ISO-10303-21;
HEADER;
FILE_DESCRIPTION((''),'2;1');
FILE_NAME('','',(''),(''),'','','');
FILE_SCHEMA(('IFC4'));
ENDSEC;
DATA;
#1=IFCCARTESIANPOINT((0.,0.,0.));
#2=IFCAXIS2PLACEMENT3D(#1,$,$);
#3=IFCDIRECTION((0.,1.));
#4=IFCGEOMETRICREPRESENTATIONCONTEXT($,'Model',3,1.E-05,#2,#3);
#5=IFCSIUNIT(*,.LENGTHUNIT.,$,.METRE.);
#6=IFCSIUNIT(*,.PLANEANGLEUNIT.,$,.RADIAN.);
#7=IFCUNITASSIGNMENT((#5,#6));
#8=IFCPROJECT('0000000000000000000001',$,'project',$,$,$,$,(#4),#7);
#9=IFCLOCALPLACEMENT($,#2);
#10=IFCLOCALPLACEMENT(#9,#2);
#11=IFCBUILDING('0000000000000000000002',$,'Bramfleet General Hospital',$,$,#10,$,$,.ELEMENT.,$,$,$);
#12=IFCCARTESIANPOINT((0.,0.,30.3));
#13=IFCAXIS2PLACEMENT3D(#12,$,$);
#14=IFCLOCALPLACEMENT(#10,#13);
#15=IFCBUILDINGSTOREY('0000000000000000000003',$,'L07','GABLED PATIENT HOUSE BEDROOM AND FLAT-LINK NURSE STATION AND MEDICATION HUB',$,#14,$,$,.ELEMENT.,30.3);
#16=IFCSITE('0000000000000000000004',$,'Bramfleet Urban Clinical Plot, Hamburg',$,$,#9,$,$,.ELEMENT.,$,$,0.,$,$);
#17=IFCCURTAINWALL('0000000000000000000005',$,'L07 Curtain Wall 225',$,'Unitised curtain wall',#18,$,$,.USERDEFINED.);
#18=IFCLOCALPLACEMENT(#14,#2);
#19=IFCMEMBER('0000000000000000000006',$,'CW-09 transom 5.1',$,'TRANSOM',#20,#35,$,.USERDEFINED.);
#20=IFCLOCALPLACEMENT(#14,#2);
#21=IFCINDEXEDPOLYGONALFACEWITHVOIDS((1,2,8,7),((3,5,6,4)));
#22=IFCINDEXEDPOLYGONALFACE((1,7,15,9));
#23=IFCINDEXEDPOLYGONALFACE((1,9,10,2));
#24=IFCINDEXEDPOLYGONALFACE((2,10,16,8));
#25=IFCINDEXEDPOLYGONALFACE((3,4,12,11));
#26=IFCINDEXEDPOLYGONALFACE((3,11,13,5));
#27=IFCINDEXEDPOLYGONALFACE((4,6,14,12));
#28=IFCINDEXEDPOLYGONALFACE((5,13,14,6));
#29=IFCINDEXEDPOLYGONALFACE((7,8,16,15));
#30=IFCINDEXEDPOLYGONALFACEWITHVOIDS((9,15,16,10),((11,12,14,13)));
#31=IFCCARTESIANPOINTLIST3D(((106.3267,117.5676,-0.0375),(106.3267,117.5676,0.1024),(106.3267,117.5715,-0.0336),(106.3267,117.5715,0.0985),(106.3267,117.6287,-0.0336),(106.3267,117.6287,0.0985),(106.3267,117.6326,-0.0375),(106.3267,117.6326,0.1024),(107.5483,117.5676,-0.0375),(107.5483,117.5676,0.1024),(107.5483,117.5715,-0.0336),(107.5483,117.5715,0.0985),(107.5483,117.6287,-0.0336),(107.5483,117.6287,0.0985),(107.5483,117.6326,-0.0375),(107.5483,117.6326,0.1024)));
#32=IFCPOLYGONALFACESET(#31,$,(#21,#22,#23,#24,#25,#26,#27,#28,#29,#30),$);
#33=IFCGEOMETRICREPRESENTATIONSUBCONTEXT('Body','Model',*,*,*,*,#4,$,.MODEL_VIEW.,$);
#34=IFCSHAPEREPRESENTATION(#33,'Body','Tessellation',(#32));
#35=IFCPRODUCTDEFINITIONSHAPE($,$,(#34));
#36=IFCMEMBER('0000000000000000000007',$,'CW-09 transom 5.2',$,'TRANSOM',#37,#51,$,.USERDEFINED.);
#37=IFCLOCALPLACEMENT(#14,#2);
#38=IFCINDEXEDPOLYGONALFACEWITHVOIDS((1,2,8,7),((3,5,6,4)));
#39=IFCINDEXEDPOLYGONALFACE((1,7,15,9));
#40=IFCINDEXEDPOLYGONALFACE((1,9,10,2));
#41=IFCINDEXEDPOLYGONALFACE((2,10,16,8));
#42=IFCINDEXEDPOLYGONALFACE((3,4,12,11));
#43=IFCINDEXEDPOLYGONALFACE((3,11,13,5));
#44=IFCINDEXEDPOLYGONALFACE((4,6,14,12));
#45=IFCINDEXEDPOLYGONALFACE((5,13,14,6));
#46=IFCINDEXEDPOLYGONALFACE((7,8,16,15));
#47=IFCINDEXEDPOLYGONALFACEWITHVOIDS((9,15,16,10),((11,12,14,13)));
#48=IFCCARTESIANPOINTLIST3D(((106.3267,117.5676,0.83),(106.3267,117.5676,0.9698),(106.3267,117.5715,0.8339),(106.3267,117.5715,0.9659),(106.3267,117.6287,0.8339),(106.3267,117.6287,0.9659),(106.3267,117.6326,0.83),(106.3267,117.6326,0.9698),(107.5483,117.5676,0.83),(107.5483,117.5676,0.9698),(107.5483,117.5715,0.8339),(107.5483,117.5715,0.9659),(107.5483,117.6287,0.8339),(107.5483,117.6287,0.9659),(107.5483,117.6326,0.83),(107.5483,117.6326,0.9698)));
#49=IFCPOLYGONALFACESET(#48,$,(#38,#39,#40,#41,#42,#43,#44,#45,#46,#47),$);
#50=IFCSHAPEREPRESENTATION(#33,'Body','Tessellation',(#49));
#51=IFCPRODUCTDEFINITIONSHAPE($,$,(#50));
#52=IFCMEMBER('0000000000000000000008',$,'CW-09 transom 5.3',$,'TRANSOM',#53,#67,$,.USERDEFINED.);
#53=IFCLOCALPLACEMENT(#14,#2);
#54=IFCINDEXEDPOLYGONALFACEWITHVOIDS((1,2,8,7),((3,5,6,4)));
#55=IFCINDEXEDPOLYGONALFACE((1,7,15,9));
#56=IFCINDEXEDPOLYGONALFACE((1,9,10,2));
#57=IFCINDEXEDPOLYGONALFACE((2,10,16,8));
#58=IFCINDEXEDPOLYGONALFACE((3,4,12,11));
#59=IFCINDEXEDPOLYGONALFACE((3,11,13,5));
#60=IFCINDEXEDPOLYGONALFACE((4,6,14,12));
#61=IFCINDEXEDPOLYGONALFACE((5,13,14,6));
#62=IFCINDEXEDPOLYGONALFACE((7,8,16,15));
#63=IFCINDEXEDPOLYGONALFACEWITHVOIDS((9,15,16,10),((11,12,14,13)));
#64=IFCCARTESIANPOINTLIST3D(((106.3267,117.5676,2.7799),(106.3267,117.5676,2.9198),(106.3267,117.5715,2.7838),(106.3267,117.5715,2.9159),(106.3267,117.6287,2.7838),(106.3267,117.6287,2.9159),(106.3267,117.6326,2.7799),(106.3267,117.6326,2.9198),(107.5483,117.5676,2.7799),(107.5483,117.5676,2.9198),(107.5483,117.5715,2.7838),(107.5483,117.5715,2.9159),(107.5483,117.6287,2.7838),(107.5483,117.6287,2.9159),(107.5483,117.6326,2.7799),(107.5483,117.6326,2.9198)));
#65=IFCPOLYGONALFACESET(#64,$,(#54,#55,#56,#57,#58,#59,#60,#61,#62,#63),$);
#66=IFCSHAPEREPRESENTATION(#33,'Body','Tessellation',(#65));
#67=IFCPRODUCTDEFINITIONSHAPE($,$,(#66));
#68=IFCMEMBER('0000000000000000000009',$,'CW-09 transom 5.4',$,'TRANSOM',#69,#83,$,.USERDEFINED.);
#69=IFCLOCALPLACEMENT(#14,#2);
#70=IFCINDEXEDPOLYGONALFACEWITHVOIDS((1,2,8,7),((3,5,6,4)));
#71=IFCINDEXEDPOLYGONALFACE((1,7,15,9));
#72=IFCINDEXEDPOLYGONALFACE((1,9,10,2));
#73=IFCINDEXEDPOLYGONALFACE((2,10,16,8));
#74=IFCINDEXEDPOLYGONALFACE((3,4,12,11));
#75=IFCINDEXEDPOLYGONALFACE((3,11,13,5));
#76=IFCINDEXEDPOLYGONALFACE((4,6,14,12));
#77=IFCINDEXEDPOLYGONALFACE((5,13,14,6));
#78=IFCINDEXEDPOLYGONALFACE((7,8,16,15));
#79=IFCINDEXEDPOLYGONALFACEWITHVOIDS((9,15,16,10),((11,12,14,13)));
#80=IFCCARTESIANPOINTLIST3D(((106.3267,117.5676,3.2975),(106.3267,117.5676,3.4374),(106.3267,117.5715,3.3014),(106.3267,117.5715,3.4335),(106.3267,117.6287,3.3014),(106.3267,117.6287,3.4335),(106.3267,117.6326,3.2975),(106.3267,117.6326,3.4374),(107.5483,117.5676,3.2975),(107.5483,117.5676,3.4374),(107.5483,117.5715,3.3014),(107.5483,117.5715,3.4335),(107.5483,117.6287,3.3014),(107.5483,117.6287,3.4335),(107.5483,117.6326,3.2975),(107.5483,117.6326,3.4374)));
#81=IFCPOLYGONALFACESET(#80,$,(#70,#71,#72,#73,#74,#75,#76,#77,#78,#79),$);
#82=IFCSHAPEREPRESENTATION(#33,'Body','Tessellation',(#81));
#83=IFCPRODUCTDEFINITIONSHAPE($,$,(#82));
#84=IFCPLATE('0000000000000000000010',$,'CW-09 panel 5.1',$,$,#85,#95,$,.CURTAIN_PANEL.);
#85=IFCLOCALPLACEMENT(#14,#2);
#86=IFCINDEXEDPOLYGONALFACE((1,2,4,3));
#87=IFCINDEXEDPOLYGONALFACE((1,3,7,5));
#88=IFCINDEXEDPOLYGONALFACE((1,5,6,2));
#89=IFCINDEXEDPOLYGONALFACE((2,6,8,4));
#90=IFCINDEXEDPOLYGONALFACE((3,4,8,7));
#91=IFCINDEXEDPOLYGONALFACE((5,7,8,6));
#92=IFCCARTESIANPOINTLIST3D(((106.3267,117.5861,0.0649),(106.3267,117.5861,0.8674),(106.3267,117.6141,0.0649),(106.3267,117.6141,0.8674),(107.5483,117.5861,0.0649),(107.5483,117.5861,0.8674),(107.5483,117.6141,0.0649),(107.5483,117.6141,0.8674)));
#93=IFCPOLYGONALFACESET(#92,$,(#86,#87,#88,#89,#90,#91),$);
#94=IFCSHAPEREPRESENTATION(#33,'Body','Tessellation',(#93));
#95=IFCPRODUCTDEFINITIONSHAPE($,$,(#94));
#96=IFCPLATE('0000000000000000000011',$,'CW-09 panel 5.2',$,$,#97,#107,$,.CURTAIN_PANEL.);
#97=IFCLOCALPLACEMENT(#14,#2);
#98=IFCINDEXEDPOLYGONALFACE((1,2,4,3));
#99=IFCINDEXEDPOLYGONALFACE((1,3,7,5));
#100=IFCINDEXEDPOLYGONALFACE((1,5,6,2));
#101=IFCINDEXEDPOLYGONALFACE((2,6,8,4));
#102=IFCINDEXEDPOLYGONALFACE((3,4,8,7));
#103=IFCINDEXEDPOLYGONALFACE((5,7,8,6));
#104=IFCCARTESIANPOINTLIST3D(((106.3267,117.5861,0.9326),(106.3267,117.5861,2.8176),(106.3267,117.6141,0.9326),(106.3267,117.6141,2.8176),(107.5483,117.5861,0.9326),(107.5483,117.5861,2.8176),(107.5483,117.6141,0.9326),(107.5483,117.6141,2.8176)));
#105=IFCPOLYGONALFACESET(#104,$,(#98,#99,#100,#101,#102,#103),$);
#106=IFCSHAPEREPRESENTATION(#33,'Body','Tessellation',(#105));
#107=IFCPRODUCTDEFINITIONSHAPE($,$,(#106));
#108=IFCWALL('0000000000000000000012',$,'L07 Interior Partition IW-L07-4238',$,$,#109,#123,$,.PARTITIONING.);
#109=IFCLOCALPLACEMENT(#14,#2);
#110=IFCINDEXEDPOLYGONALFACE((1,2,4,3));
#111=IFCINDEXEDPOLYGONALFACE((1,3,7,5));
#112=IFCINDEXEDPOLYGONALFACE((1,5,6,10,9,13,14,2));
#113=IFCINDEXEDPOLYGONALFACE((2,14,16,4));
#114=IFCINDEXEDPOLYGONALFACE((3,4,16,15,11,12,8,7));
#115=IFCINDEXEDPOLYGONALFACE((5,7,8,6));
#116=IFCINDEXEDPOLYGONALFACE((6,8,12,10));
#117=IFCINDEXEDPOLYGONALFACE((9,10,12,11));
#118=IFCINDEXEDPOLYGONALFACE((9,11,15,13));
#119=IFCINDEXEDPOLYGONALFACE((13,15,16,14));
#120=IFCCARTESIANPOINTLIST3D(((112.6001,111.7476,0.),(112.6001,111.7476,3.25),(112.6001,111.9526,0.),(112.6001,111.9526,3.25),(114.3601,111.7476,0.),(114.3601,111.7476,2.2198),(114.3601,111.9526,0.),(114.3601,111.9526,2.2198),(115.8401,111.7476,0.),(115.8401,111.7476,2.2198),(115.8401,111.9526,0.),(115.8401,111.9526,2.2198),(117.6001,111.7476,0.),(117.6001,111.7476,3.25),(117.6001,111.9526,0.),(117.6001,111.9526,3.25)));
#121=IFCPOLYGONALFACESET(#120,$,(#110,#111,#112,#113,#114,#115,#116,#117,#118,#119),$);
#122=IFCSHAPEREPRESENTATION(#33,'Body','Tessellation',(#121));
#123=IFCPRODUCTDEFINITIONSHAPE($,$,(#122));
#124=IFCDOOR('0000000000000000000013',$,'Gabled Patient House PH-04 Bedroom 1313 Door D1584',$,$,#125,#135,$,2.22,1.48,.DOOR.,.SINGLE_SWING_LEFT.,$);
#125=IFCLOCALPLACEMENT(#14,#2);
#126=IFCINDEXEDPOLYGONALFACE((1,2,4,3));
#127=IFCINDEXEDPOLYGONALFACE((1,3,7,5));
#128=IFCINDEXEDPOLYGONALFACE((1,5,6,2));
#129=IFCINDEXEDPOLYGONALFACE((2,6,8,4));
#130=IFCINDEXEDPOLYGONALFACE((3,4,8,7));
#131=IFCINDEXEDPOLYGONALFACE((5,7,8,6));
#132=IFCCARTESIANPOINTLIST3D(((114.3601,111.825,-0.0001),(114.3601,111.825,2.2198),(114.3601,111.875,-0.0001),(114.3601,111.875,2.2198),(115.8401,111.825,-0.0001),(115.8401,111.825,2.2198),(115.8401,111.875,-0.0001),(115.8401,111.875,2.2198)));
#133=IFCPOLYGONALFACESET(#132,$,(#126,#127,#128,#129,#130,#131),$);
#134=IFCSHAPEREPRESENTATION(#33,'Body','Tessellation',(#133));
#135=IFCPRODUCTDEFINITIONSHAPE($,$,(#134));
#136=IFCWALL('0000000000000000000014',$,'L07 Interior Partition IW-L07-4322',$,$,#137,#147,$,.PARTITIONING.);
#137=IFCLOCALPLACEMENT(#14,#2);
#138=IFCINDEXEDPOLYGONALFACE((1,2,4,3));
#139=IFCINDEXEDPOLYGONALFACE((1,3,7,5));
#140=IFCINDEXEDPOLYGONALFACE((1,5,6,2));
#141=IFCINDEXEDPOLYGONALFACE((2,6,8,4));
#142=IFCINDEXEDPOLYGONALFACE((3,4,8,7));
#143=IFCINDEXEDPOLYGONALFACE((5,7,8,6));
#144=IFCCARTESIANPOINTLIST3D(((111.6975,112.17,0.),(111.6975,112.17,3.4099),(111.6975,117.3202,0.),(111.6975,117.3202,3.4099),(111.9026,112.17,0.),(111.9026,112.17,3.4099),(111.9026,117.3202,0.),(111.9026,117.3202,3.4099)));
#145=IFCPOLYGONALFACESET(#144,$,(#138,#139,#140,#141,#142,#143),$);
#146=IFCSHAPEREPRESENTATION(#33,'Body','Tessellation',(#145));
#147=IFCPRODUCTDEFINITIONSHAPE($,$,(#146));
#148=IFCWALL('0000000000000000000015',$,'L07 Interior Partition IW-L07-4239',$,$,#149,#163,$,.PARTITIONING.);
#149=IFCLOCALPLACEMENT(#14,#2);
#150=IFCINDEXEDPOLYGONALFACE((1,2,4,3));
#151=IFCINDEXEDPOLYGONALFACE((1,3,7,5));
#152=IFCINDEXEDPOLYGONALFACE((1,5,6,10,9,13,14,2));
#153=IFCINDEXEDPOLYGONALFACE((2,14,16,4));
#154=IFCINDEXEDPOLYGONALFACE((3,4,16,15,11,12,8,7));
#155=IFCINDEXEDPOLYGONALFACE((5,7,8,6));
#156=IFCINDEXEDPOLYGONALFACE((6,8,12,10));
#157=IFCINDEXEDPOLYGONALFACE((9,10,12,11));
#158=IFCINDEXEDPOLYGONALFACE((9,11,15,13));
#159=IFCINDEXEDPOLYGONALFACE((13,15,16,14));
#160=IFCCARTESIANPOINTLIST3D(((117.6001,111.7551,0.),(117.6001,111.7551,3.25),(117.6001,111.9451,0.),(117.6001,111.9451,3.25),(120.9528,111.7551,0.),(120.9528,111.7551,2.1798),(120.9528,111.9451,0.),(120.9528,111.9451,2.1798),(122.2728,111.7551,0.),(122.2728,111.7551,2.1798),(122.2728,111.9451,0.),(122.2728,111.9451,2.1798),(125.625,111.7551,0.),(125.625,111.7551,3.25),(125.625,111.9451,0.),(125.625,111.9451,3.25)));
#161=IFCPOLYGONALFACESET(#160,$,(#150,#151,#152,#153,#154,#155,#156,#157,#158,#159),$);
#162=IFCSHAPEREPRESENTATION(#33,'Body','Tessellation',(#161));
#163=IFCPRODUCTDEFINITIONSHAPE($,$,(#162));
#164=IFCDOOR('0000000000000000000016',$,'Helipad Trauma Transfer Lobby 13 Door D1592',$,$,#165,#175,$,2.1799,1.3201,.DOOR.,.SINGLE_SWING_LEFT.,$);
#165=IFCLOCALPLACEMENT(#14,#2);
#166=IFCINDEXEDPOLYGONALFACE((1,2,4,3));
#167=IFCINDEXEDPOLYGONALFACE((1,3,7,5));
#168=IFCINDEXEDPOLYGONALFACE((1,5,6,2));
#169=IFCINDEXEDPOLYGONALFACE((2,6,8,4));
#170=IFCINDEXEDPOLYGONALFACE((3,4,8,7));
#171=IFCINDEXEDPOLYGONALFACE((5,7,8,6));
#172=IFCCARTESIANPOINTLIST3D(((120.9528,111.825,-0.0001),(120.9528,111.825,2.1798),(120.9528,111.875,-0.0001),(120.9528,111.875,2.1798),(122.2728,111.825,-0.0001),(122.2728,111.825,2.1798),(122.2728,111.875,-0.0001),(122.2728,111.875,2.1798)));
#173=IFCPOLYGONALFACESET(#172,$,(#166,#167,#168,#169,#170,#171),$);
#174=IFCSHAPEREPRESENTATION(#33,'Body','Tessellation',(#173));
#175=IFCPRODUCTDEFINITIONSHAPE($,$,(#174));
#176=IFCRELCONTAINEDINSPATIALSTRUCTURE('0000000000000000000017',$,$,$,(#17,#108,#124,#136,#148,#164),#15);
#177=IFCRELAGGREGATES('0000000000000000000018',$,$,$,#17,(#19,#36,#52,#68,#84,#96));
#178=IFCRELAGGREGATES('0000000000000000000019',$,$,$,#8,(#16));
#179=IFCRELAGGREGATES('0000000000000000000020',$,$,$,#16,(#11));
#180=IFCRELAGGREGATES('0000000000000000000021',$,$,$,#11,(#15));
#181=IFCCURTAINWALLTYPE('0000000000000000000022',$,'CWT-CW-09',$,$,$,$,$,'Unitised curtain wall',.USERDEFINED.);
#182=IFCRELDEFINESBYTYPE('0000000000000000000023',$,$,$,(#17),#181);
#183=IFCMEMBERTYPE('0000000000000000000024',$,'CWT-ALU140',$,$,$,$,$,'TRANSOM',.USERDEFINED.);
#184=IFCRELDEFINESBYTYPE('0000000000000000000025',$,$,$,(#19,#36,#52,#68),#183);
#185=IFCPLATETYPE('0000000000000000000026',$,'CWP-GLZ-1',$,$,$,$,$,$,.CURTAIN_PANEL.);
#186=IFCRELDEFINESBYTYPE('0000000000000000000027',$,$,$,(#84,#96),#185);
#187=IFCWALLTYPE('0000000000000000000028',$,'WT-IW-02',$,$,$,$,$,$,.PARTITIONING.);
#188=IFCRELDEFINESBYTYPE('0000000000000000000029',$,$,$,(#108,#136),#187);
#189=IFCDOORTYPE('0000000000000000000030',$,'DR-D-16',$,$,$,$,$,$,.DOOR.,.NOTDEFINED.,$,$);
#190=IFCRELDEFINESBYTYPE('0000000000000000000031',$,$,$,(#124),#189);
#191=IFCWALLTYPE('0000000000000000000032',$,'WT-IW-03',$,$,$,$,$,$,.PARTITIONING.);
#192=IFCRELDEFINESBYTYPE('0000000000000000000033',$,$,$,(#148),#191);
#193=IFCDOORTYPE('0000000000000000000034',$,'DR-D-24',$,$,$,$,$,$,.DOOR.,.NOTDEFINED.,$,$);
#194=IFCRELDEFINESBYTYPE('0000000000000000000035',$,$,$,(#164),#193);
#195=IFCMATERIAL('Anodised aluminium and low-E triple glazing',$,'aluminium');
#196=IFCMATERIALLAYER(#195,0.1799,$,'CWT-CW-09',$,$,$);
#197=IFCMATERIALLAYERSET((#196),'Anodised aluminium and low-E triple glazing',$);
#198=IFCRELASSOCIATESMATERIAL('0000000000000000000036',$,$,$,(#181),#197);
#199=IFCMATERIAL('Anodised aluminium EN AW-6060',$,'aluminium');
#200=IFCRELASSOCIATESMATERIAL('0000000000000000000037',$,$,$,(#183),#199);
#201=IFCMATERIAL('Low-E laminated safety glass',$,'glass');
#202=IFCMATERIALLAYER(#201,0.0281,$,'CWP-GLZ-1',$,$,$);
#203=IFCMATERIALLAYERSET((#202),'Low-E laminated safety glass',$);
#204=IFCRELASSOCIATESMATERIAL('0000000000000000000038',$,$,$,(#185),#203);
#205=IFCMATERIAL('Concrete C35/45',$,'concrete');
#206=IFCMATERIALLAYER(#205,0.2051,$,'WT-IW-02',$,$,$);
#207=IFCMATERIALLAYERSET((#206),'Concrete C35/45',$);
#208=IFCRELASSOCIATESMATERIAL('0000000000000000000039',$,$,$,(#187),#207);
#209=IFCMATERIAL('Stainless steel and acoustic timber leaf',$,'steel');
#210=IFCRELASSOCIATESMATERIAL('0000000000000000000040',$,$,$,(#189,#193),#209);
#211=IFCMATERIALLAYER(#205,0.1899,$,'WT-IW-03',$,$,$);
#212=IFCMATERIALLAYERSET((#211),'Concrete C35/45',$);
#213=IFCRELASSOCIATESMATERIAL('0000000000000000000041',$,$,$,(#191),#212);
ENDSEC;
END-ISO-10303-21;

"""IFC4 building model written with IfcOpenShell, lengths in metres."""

from ifc_helpers import new_model, si_unit, direction, frame, frame_2d, origin, origin_2d, place, context, subcontext, project, spatial, rectangle, hollow_rectangle, extrude, material, layer, layer_set, material_profile, profile_set, type_object, element, fill, aggregate, save


model = new_model("IFC4")

# Units and contexts
model_context = context("Model", 3, precision=1e-05, world=origin(), true_north=direction((0.0, 1.0)))
body_context = subcontext(model_context, "Body", "Model", "MODEL_VIEW")
ifc_project = project(units=[si_unit("LENGTHUNIT", "METRE"), si_unit("PLANEANGLEUNIT", "RADIAN")], contexts=[model_context])

# Site, building, storey
site_placement = place(None, origin())
site = spatial("IfcSite", under=ifc_project, at=site_placement, Name="Bramfleet Urban Clinical Plot, Hamburg", CompositionType="ELEMENT", RefElevation=0.0)
building_placement = place(site_placement, origin())
building = spatial("IfcBuilding", under=site, at=building_placement, Name="Bramfleet General Hospital", CompositionType="ELEMENT")
storey_placement = place(building_placement, frame((0.0, 0.0, 30.3)))
storey = spatial("IfcBuildingStorey", under=building, at=storey_placement, Name="L07", Description="GABLED PATIENT HOUSE BEDROOM AND FLAT-LINK NURSE STATION AND MEDICATION HUB", CompositionType="ELEMENT", Elevation=30.3)

# Curtain wall, members, plates
ifc_material_1 = material(Name="Anodised aluminium and low-E triple glazing", Category="aluminium")
ifc_layer_1 = layer(ifc_material_1, 0.1799, Name="CWT-CW-09")
ifc_layer_set_1 = layer_set([ifc_layer_1], Name="Anodised aluminium and low-E triple glazing")
curtain_wall_type = type_object("IfcCurtainWallType", Name="CWT-CW-09", ElementType="Unitised curtain wall", PredefinedType="USERDEFINED", material=ifc_layer_set_1)
curtain_wall_placement = place(storey_placement, origin())
curtain_wall = element("IfcCurtainWall", 1, at=curtain_wall_placement, inside=storey, type_object=curtain_wall_type, Name="L07 Curtain Wall 225", ObjectType="Unitised curtain wall", PredefinedType="USERDEFINED")
ifc_material_2 = material(Name="Anodised aluminium EN AW-6060", Category="aluminium")
ifc_material_profile_1 = material_profile(ifc_material_2, hollow_rectangle(XDim=0.0649, YDim=0.1399, WallThickness=0.0039, at=origin_2d()), Name="ALU 140x65x4.0")
ifc_profile_set_1 = profile_set([ifc_material_profile_1], Name="Anodised aluminium EN AW-6060")
member_type = type_object("IfcMemberType", Name="CWT-ALU140", ElementType="TRANSOM", PredefinedType="USERDEFINED", material=ifc_profile_set_1)
member_1_placement = place(storey_placement, frame((106.3267, 117.6001, 0.0325), z_axis=(1.0, 0.0, 0.0), x_axis=(0.0, 1.0, 0.0)))
member_1 = element("IfcMember", 2, at=member_1_placement, type_object=member_type, Name="CW-09 transom 5.1", ObjectType="TRANSOM", PredefinedType="USERDEFINED", context=body_context, shape_type="SweptSolid", body=[
    extrude(hollow_rectangle(XDim=0.0649, YDim=0.1399, WallThickness=0.0039, at=origin_2d()), origin(), (0.0, 0.0, 1.0), 1.2217),
])
member_2_placement = place(storey_placement, frame((106.3267, 117.6001, 0.8999), z_axis=(1.0, 0.0, 0.0), x_axis=(0.0, 1.0, 0.0)))
member_2 = element("IfcMember", 3, at=member_2_placement, type_object=member_type, Name="CW-09 transom 5.2", ObjectType="TRANSOM", PredefinedType="USERDEFINED", context=body_context, shape_type="SweptSolid", body=[
    extrude(hollow_rectangle(XDim=0.0649, YDim=0.1399, WallThickness=0.0039, at=origin_2d()), origin(), (0.0, 0.0, 1.0), 1.2217),
])
member_3_placement = place(storey_placement, frame((106.3267, 117.6001, 2.8499), z_axis=(1.0, 0.0, 0.0), x_axis=(0.0, 1.0, 0.0)))
member_3 = element("IfcMember", 4, at=member_3_placement, type_object=member_type, Name="CW-09 transom 5.3", ObjectType="TRANSOM", PredefinedType="USERDEFINED", context=body_context, shape_type="SweptSolid", body=[
    extrude(hollow_rectangle(XDim=0.0649, YDim=0.1399, WallThickness=0.0039, at=origin_2d()), origin(), (0.0, 0.0, 1.0), 1.2217),
])
member_4_placement = place(storey_placement, frame((106.3267, 117.6001, 3.3674), z_axis=(1.0, 0.0, 0.0), x_axis=(0.0, 1.0, 0.0)))
member_4 = element("IfcMember", 5, at=member_4_placement, type_object=member_type, Name="CW-09 transom 5.4", ObjectType="TRANSOM", PredefinedType="USERDEFINED", context=body_context, shape_type="SweptSolid", body=[
    extrude(hollow_rectangle(XDim=0.0649, YDim=0.1399, WallThickness=0.0039, at=origin_2d()), origin(), (0.0, 0.0, 1.0), 1.2217),
])
ifc_material_3 = material(Name="Low-E laminated safety glass", Category="glass")
ifc_layer_2 = layer(ifc_material_3, 0.0281, Name="CWP-GLZ-1")
ifc_layer_set_2 = layer_set([ifc_layer_2], Name="Low-E laminated safety glass")
plate_type = type_object("IfcPlateType", Name="CWP-GLZ-1", PredefinedType="CURTAIN_PANEL", material=ifc_layer_set_2)
plate_1_placement = place(storey_placement, frame((106.9375, 117.6001, 0.0649), z_axis=(0.0, 0.0, 1.0), x_axis=(1.0, 0.0, 0.0)))
plate_1 = element("IfcPlate", 6, at=plate_1_placement, type_object=plate_type, Name="CW-09 panel 5.1", PredefinedType="CURTAIN_PANEL", context=body_context, shape_type="SweptSolid", body=[
    extrude(rectangle(XDim=1.2217, YDim=0.0281, at=origin_2d()), origin(), (0.0, 0.0, 1.0), 0.8025),
])
plate_2_placement = place(storey_placement, frame((106.9375, 117.6001, 0.9326), z_axis=(0.0, 0.0, 1.0), x_axis=(1.0, 0.0, 0.0)))
plate_2 = element("IfcPlate", 7, at=plate_2_placement, type_object=plate_type, Name="CW-09 panel 5.2", PredefinedType="CURTAIN_PANEL", context=body_context, shape_type="SweptSolid", body=[
    extrude(rectangle(XDim=1.2217, YDim=0.0281, at=origin_2d()), origin(), (0.0, 0.0, 1.0), 1.885),
])
aggregate(curtain_wall, [member_1, member_2, member_3, member_4, plate_1, plate_2])

# Wall, opening, door
ifc_material_4 = material(Name="Concrete C35/45", Category="concrete")
ifc_layer_3 = layer(ifc_material_4, 0.2051, Name="WT-IW-02")
ifc_layer_set_3 = layer_set([ifc_layer_3], Name="Concrete C35/45")
wall_type_1 = type_object("IfcWallType", Name="WT-IW-02", PredefinedType="PARTITIONING", material=ifc_layer_set_3)
wall_1_placement = place(storey_placement, frame((112.6001, 111.8501, 0.0), z_axis=(0.0, 0.0, 1.0), x_axis=(1.0, 0.0, 0.0)))
wall_1 = element("IfcWall", 8, at=wall_1_placement, inside=storey, type_object=wall_type_1, Name="L07 Interior Partition IW-L07-4238", PredefinedType="PARTITIONING", context=body_context, shape_type="SweptSolid", body=[
    extrude(rectangle(XDim=5.0, YDim=0.2051, at=frame_2d((2.5, 0.0))), origin(), (0.0, 0.0, 1.0), 3.25),
])
opening_1_placement = place(wall_1_placement, frame((1.76, 0.0, 0.0)))
opening_1 = element("IfcOpeningElement", 9, at=opening_1_placement, cuts=wall_1, PredefinedType="OPENING", context=body_context, shape_type="SweptSolid", body=[
    extrude(rectangle(XDim=1.48, YDim=2.22, at=frame_2d((0.74, 1.1099))), frame((0.0, 0.1125, 0.0), z_axis=(0.0, -1.0, 0.0), x_axis=(1.0, 0.0, 0.0)), (0.0, 0.0, 1.0), 0.2251),
])
ifc_material_5 = material(Name="Stainless steel and acoustic timber leaf", Category="steel")
door_type_1 = type_object("IfcDoorType", Name="DR-D-16", OperationType="NOTDEFINED", PredefinedType="DOOR", material=ifc_material_5)
door_1_placement = place(opening_1_placement, origin())
door_1 = element("IfcDoor", 10, at=door_1_placement, inside=storey, type_object=door_type_1, Name="Gabled Patient House PH-04 Bedroom 1313 Door D1584", OperationType="SINGLE_SWING_LEFT", OverallHeight=2.22, OverallWidth=1.48, PredefinedType="DOOR", context=body_context, shape_type="SweptSolid", body=[
    extrude(rectangle(XDim=1.48, YDim=2.22, at=frame_2d((0.74, 1.1099))), frame((0.0, 0.0249, 0.0), z_axis=(0.0, -1.0, 0.0), x_axis=(1.0, 0.0, 0.0)), (0.0, 0.0, 1.0), 0.05),
])
fill(opening_1, door_1)

# Wall
wall_2_placement = place(storey_placement, frame((111.8, 112.1699, 0.0), z_axis=(0.0, 0.0, 1.0), x_axis=(0.0, 1.0, 0.0)))
element("IfcWall", 11, at=wall_2_placement, inside=storey, type_object=wall_type_1, Name="L07 Interior Partition IW-L07-4322", PredefinedType="PARTITIONING", context=body_context, shape_type="SweptSolid", body=[
    extrude(rectangle(XDim=5.1501, YDim=0.2051, at=frame_2d((2.5752, 0.0))), origin(), (0.0, 0.0, 1.0), 3.4099),
])

# Wall, opening, door
ifc_layer_4 = layer(ifc_material_4, 0.1899, Name="WT-IW-03")
ifc_layer_set_4 = layer_set([ifc_layer_4], Name="Concrete C35/45")
wall_type_2 = type_object("IfcWallType", Name="WT-IW-03", PredefinedType="PARTITIONING", material=ifc_layer_set_4)
wall_3_placement = place(storey_placement, frame((117.6001, 111.8501, 0.0), z_axis=(0.0, 0.0, 1.0), x_axis=(1.0, 0.0, 0.0)))
wall_3 = element("IfcWall", 12, at=wall_3_placement, inside=storey, type_object=wall_type_2, Name="L07 Interior Partition IW-L07-4239", PredefinedType="PARTITIONING", context=body_context, shape_type="SweptSolid", body=[
    extrude(rectangle(XDim=8.0249, YDim=0.1899, at=frame_2d((4.0125, 0.0))), origin(), (0.0, 0.0, 1.0), 3.25),
])
opening_2_placement = place(wall_3_placement, frame((3.3525, 0.0, 0.0)))
opening_2 = element("IfcOpeningElement", 13, at=opening_2_placement, cuts=wall_3, PredefinedType="OPENING", context=body_context, shape_type="SweptSolid", body=[
    extrude(rectangle(XDim=1.3201, YDim=2.1799, at=frame_2d((0.6602, 1.0898))), frame((0.0, 0.105, 0.0), z_axis=(0.0, -1.0, 0.0), x_axis=(1.0, 0.0, 0.0)), (0.0, 0.0, 1.0), 0.21),
])
door_type_2 = type_object("IfcDoorType", Name="DR-D-24", OperationType="NOTDEFINED", PredefinedType="DOOR", material=ifc_material_5)
door_2_placement = place(opening_2_placement, origin())
door_2 = element("IfcDoor", 14, at=door_2_placement, inside=storey, type_object=door_type_2, Name="Helipad Trauma Transfer Lobby 13 Door D1592", OperationType="SINGLE_SWING_LEFT", OverallHeight=2.1799, OverallWidth=1.3201, PredefinedType="DOOR", context=body_context, shape_type="SweptSolid", body=[
    extrude(rectangle(XDim=1.3201, YDim=2.1799, at=frame_2d((0.6602, 1.0898))), frame((0.0, 0.0249, 0.0), z_axis=(0.0, -1.0, 0.0), x_axis=(1.0, 0.0, 0.0)), (0.0, 0.0, 1.0), 0.05),
])
fill(opening_2, door_2)

save(model, "model.ifc")
